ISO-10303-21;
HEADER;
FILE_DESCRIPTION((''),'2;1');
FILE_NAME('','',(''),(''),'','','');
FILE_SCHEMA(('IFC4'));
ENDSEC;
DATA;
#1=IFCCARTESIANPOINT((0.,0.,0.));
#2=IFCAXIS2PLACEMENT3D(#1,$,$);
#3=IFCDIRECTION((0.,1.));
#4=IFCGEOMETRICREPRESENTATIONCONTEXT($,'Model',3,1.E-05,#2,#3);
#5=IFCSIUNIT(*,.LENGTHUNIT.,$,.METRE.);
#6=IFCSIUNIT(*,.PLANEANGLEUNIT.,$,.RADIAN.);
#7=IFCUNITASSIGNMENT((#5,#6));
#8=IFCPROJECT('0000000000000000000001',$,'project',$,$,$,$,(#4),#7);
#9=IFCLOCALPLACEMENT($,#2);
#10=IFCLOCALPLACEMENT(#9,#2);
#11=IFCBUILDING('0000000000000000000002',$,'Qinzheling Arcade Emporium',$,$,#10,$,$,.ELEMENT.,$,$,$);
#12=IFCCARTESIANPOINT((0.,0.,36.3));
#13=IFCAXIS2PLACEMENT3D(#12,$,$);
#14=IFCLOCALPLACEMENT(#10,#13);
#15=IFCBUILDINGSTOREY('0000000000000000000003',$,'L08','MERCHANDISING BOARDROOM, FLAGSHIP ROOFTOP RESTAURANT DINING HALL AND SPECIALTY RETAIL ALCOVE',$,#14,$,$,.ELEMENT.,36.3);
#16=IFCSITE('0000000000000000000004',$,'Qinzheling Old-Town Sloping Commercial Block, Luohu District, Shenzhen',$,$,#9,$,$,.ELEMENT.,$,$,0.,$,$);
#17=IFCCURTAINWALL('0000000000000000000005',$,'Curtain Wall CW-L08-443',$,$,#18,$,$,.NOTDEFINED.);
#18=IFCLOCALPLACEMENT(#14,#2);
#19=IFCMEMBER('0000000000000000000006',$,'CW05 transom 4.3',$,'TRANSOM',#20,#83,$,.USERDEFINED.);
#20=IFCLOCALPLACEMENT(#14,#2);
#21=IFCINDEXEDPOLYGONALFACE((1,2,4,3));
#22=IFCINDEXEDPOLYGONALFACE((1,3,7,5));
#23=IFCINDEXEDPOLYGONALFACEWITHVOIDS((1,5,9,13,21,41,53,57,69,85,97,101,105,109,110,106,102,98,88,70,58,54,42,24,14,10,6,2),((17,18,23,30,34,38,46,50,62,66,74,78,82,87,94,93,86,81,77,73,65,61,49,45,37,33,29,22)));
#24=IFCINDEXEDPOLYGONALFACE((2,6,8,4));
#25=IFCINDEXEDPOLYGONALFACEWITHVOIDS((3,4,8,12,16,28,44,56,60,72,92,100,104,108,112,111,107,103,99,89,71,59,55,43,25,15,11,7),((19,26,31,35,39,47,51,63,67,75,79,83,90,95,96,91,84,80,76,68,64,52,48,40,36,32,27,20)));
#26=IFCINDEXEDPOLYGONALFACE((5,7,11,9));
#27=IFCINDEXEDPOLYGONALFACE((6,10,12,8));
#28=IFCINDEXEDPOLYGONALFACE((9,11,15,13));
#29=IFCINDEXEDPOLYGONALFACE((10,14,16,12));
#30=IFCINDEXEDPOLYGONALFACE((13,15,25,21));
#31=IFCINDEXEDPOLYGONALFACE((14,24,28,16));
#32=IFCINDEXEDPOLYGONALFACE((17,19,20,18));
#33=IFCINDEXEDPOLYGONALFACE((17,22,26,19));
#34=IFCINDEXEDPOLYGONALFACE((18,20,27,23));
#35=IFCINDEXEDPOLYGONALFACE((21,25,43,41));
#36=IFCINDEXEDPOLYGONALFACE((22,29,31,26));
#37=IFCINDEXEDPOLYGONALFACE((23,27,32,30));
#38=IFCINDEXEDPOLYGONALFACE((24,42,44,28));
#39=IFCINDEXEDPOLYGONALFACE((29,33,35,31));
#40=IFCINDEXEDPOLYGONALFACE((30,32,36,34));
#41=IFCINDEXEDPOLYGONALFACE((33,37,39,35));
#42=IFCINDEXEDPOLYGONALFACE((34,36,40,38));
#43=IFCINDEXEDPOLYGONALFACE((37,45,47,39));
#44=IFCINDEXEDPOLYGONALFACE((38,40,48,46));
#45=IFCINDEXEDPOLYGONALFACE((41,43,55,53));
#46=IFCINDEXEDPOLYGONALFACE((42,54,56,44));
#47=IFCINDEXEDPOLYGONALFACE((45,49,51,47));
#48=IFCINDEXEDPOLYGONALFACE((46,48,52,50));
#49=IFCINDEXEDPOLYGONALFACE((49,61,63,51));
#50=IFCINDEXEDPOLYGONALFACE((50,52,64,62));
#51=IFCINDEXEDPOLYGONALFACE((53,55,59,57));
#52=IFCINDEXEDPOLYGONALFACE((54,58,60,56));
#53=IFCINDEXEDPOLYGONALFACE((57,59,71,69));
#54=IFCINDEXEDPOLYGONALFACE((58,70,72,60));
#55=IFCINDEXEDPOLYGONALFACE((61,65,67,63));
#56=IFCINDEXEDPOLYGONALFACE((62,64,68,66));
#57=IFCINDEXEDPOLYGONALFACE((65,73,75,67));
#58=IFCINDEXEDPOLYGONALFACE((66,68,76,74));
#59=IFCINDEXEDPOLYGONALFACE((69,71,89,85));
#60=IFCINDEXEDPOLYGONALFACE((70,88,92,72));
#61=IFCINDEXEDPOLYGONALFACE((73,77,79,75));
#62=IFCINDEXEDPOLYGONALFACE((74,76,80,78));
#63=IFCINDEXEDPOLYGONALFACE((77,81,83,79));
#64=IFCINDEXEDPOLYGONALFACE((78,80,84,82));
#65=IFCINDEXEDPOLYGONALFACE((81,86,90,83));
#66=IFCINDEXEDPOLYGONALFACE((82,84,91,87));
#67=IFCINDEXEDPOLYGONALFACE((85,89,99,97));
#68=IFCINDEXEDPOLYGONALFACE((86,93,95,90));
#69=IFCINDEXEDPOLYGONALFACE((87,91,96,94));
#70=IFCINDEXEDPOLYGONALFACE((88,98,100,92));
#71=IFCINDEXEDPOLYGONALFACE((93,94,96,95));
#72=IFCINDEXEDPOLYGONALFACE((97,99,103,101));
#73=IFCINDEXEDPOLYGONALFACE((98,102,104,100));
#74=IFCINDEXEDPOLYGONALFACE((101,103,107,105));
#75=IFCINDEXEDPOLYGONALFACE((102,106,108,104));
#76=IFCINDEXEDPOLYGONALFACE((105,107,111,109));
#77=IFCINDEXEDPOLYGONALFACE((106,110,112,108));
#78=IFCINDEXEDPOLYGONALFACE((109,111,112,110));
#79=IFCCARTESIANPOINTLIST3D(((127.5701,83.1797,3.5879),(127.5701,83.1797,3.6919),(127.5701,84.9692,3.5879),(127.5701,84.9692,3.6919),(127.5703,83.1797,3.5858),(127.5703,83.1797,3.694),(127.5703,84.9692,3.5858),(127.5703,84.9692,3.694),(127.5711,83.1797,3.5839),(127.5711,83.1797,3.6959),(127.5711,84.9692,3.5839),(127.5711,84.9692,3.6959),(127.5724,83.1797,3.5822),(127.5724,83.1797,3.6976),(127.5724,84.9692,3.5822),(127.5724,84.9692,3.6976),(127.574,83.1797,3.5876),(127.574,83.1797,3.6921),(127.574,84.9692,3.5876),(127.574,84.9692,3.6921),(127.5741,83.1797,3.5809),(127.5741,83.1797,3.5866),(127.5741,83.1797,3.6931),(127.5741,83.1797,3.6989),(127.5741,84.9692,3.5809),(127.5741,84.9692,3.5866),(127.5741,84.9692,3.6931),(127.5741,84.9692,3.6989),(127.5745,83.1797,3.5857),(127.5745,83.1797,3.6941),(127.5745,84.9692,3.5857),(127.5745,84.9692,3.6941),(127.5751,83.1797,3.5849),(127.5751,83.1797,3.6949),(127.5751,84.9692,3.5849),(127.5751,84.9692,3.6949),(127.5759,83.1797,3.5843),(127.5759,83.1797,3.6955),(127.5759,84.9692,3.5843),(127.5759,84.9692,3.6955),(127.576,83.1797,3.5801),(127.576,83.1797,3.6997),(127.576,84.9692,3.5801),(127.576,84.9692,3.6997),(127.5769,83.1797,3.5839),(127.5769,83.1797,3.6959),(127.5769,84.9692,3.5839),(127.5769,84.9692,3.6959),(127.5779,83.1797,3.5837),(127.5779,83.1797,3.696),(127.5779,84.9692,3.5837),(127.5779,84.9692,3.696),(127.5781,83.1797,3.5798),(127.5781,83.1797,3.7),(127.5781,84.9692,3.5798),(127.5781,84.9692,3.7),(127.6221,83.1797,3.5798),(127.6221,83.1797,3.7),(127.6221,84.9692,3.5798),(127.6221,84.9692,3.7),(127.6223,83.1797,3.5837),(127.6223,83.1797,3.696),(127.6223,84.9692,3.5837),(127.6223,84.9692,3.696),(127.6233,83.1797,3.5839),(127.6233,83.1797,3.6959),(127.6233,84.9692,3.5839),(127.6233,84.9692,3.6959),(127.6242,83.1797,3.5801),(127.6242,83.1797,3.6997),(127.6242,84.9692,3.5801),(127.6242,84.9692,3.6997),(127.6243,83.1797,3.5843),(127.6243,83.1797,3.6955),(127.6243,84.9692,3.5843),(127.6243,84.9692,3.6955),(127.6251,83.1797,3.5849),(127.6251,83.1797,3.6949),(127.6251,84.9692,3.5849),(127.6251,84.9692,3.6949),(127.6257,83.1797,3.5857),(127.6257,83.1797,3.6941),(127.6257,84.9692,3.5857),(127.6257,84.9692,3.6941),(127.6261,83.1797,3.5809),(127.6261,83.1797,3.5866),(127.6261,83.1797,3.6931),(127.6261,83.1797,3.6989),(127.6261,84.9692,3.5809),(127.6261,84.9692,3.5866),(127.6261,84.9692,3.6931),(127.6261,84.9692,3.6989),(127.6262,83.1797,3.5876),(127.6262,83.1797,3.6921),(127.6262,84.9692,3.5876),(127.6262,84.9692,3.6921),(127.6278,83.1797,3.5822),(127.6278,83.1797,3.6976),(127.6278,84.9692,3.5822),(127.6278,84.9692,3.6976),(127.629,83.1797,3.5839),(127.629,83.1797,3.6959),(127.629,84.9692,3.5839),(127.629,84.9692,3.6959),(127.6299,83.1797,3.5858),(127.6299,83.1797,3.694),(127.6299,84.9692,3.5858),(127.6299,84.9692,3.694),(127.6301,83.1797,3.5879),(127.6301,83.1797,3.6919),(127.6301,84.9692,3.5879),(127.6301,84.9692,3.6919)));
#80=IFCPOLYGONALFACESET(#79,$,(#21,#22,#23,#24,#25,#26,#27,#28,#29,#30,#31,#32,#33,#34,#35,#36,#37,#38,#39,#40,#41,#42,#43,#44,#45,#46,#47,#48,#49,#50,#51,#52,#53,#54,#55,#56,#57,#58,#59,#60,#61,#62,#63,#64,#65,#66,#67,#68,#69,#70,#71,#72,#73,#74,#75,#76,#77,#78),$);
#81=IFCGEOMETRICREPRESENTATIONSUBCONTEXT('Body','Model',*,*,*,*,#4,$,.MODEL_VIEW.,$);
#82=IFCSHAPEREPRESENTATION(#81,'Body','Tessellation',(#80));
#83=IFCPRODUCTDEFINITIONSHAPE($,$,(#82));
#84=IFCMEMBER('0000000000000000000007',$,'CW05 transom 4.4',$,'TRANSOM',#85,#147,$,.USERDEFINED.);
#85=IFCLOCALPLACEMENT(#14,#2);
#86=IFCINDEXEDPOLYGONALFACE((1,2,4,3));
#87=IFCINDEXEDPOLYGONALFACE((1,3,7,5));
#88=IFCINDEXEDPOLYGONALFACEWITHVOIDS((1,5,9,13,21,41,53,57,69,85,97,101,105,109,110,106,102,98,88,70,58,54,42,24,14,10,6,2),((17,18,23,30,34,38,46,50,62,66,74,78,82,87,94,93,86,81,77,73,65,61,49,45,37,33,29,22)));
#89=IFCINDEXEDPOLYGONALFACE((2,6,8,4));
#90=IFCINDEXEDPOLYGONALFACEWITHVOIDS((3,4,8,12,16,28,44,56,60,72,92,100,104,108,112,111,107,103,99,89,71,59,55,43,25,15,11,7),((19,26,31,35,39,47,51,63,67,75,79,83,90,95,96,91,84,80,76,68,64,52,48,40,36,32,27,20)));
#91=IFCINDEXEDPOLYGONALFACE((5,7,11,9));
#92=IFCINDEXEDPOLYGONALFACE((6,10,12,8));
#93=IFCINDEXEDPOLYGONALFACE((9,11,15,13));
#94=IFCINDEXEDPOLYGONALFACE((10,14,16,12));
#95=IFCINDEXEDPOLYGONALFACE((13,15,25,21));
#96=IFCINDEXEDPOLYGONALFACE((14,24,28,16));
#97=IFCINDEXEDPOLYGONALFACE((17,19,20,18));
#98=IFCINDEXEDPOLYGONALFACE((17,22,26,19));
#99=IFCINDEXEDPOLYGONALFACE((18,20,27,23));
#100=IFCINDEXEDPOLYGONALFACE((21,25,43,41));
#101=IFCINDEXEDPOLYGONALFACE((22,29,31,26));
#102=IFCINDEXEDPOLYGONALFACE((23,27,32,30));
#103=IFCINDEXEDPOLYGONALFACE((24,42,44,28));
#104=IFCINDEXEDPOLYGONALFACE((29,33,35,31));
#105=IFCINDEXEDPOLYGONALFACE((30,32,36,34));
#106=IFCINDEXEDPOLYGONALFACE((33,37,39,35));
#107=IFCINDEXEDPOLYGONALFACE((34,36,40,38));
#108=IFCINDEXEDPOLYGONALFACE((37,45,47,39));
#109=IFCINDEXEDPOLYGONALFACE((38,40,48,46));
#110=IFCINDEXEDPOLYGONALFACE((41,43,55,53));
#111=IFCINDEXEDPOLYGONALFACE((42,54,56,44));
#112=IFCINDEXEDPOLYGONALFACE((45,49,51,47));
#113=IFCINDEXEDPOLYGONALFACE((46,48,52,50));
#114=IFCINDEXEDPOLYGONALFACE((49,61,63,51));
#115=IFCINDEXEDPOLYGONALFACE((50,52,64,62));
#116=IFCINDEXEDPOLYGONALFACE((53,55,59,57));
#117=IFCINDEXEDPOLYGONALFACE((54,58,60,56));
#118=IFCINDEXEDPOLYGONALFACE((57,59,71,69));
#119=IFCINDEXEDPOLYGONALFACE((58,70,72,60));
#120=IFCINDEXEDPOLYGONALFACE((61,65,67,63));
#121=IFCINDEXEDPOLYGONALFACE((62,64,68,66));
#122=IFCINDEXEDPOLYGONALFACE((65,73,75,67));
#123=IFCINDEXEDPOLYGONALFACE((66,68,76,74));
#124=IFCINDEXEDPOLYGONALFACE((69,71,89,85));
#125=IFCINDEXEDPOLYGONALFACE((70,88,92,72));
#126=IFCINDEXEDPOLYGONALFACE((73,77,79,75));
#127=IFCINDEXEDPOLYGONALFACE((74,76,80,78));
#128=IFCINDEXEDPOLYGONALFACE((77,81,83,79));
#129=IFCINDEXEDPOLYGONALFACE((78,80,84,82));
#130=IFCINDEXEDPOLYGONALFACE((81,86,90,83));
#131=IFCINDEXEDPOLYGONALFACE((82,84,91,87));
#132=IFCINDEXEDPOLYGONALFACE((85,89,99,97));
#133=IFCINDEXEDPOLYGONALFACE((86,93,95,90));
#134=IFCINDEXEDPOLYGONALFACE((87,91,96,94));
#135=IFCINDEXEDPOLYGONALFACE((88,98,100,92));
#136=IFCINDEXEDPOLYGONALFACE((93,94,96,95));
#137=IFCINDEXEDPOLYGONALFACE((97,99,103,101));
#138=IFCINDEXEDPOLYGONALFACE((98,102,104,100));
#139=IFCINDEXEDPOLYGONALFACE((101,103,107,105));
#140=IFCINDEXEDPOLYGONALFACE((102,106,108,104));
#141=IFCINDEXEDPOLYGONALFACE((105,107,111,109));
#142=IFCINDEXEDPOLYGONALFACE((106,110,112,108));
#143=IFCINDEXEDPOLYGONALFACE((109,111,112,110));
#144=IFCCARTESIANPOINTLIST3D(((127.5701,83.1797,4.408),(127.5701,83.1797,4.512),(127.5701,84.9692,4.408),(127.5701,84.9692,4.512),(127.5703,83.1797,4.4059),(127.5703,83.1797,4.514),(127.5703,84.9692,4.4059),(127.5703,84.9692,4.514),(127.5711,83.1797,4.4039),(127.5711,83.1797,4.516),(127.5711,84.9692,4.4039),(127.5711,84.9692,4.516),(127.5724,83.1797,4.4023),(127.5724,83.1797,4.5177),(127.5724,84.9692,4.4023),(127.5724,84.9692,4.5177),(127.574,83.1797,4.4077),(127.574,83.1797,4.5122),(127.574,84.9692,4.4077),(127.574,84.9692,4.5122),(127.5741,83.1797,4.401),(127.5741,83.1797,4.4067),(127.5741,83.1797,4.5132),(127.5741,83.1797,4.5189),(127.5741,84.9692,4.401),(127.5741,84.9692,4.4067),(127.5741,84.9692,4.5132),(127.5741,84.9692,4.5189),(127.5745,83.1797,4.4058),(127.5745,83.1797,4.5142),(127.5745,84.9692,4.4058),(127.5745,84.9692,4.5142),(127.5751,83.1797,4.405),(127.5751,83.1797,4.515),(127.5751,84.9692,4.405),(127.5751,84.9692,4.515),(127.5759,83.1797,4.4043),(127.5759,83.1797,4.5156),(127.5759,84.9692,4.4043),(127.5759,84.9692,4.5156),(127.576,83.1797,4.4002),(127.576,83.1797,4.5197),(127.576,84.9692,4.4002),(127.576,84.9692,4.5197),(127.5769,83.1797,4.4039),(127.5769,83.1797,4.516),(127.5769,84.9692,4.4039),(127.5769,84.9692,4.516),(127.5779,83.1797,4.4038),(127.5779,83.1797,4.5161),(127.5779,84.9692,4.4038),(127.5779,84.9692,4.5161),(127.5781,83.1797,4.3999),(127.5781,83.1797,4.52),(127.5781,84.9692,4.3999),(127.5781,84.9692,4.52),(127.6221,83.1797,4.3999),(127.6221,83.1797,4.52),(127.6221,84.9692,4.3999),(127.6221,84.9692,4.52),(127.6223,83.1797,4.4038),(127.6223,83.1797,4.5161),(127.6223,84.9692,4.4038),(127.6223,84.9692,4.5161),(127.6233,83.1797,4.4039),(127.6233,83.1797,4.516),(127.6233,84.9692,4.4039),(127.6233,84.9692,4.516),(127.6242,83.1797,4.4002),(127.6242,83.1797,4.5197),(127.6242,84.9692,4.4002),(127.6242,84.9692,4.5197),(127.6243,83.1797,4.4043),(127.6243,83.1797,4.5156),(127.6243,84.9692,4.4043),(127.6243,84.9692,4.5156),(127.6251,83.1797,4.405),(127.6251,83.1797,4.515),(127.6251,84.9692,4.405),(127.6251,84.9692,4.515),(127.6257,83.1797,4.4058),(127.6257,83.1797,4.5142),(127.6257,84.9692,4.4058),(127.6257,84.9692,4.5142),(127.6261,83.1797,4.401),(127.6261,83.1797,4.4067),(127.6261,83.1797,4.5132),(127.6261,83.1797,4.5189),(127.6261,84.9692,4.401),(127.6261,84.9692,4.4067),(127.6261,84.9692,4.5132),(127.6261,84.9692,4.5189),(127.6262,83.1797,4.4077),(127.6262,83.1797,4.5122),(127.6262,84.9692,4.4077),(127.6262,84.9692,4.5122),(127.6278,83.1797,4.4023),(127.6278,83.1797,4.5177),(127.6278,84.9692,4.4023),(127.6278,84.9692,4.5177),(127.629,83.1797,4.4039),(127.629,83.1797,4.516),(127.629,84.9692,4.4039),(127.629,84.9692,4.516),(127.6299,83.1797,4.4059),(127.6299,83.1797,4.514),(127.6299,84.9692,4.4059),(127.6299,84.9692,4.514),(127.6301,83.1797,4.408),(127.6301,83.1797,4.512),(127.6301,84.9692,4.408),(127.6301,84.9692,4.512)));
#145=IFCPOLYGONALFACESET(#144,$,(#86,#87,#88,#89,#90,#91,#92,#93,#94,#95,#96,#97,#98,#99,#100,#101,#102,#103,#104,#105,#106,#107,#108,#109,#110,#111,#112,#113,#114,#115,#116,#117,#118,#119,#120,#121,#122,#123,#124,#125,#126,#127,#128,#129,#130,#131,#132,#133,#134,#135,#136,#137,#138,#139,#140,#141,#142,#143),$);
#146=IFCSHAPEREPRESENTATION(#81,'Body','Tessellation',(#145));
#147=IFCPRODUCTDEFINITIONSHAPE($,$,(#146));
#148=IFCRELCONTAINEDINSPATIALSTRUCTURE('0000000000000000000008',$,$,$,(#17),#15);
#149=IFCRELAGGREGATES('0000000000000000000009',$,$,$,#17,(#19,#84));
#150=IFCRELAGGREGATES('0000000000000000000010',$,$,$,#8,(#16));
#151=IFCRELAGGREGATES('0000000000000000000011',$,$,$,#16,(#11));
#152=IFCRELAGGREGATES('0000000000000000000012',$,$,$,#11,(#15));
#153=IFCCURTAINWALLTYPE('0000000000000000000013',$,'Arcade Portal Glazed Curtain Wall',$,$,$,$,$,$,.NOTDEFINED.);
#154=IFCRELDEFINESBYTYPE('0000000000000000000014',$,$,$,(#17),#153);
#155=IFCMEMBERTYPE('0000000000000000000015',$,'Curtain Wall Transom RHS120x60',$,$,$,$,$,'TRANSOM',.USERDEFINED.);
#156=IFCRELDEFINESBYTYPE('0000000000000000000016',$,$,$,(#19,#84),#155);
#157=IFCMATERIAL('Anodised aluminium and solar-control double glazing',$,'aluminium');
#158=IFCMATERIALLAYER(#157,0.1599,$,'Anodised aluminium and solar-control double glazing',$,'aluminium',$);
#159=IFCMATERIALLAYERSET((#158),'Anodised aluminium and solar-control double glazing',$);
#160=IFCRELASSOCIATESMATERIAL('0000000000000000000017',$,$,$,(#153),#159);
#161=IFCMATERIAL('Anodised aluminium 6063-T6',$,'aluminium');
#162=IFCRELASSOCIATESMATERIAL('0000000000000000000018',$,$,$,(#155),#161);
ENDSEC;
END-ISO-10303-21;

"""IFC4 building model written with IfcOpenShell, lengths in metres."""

from ifc_helpers import new_model, si_unit, direction, frame, origin, origin_2d, place, context, subcontext, project, spatial, hollow_rectangle, extrude, material, layer, layer_set, material_profile, profile_set, type_object, element, aggregate, save


model = new_model("IFC4")

# Units and contexts
model_context = context("Model", 3, precision=1e-05, world=origin(), true_north=direction((0.0, 1.0)))
body_context = subcontext(model_context, "Body", "Model", "MODEL_VIEW")
ifc_project = project(units=[si_unit("LENGTHUNIT", "METRE"), si_unit("PLANEANGLEUNIT", "RADIAN")], contexts=[model_context])

# Site, building, storey
site_placement = place(None, origin())
site = spatial("IfcSite", under=ifc_project, at=site_placement, Name="Qinzheling Old-Town Sloping Commercial Block, Luohu District, Shenzhen", CompositionType="ELEMENT", RefElevation=0.0)
building_placement = place(site_placement, origin())
building = spatial("IfcBuilding", under=site, at=building_placement, Name="Qinzheling Arcade Emporium", CompositionType="ELEMENT")
storey_placement = place(building_placement, frame((0.0, 0.0, 36.3)))
storey = spatial("IfcBuildingStorey", under=building, at=storey_placement, Name="L08", Description="MERCHANDISING BOARDROOM, FLAGSHIP ROOFTOP RESTAURANT DINING HALL AND SPECIALTY RETAIL ALCOVE", CompositionType="ELEMENT", Elevation=36.3)

# Curtain wall, members
ifc_material_1 = material(Name="Anodised aluminium and solar-control double glazing", Category="aluminium")
ifc_layer_1 = layer(ifc_material_1, 0.1599, Name="Anodised aluminium and solar-control double glazing", Category="aluminium")
ifc_layer_set_1 = layer_set([ifc_layer_1], Name="Anodised aluminium and solar-control double glazing")
curtain_wall_type = type_object("IfcCurtainWallType", Name="Arcade Portal Glazed Curtain Wall", PredefinedType="NOTDEFINED", material=ifc_layer_set_1)
curtain_wall_placement = place(storey_placement, origin())
curtain_wall = element("IfcCurtainWall", 1, at=curtain_wall_placement, inside=storey, type_object=curtain_wall_type, Name="Curtain Wall CW-L08-443", PredefinedType="NOTDEFINED")
ifc_material_2 = material(Name="Anodised aluminium 6063-T6", Category="aluminium")
ifc_material_profile_1 = material_profile(ifc_material_2, hollow_rectangle(XDim=0.0601, YDim=0.1201, WallThickness=0.0039, InnerFilletRadius=0.0039, OuterFilletRadius=0.0081, at=origin_2d()), Name="RHS 120x60x4", Category="aluminium")
ifc_profile_set_1 = profile_set([ifc_material_profile_1], Name="Anodised aluminium 6063-T6")
member_type_1 = type_object("IfcMemberType", Name="Curtain Wall Transom RHS120x60", ElementType="TRANSOM", PredefinedType="USERDEFINED", material=ifc_profile_set_1)
member_1_placement = place(storey_placement, frame((127.6001, 84.9692, 3.6399), z_axis=(0.0, -1.0, 0.0), x_axis=(1.0, 0.0, 0.0)))
member_1 = element("IfcMember", 2, at=member_1_placement, type_object=member_type_1, Name="CW05 transom 4.3", ObjectType="TRANSOM", PredefinedType="USERDEFINED", context=body_context, shape_type="SweptSolid", body=[
    extrude(hollow_rectangle(XDim=0.0601, YDim=0.1201, WallThickness=0.0039, InnerFilletRadius=0.0039, OuterFilletRadius=0.0081, at=origin_2d()), origin(), (0.0, 0.0, 1.0), 1.7896),
])
member_2_placement = place(storey_placement, frame((127.6001, 84.9692, 4.46), z_axis=(0.0, -1.0, 0.0), x_axis=(1.0, 0.0, 0.0)))
member_2 = element("IfcMember", 3, at=member_2_placement, type_object=member_type_1, Name="CW05 transom 4.4", ObjectType="TRANSOM", PredefinedType="USERDEFINED", context=body_context, shape_type="SweptSolid", body=[
    extrude(hollow_rectangle(XDim=0.0601, YDim=0.1201, WallThickness=0.0039, InnerFilletRadius=0.0039, OuterFilletRadius=0.0081, at=origin_2d()), origin(), (0.0, 0.0, 1.0), 1.7896),
])

aggregate(curtain_wall, [member_1, member_2])

save(model, "model.ifc")
